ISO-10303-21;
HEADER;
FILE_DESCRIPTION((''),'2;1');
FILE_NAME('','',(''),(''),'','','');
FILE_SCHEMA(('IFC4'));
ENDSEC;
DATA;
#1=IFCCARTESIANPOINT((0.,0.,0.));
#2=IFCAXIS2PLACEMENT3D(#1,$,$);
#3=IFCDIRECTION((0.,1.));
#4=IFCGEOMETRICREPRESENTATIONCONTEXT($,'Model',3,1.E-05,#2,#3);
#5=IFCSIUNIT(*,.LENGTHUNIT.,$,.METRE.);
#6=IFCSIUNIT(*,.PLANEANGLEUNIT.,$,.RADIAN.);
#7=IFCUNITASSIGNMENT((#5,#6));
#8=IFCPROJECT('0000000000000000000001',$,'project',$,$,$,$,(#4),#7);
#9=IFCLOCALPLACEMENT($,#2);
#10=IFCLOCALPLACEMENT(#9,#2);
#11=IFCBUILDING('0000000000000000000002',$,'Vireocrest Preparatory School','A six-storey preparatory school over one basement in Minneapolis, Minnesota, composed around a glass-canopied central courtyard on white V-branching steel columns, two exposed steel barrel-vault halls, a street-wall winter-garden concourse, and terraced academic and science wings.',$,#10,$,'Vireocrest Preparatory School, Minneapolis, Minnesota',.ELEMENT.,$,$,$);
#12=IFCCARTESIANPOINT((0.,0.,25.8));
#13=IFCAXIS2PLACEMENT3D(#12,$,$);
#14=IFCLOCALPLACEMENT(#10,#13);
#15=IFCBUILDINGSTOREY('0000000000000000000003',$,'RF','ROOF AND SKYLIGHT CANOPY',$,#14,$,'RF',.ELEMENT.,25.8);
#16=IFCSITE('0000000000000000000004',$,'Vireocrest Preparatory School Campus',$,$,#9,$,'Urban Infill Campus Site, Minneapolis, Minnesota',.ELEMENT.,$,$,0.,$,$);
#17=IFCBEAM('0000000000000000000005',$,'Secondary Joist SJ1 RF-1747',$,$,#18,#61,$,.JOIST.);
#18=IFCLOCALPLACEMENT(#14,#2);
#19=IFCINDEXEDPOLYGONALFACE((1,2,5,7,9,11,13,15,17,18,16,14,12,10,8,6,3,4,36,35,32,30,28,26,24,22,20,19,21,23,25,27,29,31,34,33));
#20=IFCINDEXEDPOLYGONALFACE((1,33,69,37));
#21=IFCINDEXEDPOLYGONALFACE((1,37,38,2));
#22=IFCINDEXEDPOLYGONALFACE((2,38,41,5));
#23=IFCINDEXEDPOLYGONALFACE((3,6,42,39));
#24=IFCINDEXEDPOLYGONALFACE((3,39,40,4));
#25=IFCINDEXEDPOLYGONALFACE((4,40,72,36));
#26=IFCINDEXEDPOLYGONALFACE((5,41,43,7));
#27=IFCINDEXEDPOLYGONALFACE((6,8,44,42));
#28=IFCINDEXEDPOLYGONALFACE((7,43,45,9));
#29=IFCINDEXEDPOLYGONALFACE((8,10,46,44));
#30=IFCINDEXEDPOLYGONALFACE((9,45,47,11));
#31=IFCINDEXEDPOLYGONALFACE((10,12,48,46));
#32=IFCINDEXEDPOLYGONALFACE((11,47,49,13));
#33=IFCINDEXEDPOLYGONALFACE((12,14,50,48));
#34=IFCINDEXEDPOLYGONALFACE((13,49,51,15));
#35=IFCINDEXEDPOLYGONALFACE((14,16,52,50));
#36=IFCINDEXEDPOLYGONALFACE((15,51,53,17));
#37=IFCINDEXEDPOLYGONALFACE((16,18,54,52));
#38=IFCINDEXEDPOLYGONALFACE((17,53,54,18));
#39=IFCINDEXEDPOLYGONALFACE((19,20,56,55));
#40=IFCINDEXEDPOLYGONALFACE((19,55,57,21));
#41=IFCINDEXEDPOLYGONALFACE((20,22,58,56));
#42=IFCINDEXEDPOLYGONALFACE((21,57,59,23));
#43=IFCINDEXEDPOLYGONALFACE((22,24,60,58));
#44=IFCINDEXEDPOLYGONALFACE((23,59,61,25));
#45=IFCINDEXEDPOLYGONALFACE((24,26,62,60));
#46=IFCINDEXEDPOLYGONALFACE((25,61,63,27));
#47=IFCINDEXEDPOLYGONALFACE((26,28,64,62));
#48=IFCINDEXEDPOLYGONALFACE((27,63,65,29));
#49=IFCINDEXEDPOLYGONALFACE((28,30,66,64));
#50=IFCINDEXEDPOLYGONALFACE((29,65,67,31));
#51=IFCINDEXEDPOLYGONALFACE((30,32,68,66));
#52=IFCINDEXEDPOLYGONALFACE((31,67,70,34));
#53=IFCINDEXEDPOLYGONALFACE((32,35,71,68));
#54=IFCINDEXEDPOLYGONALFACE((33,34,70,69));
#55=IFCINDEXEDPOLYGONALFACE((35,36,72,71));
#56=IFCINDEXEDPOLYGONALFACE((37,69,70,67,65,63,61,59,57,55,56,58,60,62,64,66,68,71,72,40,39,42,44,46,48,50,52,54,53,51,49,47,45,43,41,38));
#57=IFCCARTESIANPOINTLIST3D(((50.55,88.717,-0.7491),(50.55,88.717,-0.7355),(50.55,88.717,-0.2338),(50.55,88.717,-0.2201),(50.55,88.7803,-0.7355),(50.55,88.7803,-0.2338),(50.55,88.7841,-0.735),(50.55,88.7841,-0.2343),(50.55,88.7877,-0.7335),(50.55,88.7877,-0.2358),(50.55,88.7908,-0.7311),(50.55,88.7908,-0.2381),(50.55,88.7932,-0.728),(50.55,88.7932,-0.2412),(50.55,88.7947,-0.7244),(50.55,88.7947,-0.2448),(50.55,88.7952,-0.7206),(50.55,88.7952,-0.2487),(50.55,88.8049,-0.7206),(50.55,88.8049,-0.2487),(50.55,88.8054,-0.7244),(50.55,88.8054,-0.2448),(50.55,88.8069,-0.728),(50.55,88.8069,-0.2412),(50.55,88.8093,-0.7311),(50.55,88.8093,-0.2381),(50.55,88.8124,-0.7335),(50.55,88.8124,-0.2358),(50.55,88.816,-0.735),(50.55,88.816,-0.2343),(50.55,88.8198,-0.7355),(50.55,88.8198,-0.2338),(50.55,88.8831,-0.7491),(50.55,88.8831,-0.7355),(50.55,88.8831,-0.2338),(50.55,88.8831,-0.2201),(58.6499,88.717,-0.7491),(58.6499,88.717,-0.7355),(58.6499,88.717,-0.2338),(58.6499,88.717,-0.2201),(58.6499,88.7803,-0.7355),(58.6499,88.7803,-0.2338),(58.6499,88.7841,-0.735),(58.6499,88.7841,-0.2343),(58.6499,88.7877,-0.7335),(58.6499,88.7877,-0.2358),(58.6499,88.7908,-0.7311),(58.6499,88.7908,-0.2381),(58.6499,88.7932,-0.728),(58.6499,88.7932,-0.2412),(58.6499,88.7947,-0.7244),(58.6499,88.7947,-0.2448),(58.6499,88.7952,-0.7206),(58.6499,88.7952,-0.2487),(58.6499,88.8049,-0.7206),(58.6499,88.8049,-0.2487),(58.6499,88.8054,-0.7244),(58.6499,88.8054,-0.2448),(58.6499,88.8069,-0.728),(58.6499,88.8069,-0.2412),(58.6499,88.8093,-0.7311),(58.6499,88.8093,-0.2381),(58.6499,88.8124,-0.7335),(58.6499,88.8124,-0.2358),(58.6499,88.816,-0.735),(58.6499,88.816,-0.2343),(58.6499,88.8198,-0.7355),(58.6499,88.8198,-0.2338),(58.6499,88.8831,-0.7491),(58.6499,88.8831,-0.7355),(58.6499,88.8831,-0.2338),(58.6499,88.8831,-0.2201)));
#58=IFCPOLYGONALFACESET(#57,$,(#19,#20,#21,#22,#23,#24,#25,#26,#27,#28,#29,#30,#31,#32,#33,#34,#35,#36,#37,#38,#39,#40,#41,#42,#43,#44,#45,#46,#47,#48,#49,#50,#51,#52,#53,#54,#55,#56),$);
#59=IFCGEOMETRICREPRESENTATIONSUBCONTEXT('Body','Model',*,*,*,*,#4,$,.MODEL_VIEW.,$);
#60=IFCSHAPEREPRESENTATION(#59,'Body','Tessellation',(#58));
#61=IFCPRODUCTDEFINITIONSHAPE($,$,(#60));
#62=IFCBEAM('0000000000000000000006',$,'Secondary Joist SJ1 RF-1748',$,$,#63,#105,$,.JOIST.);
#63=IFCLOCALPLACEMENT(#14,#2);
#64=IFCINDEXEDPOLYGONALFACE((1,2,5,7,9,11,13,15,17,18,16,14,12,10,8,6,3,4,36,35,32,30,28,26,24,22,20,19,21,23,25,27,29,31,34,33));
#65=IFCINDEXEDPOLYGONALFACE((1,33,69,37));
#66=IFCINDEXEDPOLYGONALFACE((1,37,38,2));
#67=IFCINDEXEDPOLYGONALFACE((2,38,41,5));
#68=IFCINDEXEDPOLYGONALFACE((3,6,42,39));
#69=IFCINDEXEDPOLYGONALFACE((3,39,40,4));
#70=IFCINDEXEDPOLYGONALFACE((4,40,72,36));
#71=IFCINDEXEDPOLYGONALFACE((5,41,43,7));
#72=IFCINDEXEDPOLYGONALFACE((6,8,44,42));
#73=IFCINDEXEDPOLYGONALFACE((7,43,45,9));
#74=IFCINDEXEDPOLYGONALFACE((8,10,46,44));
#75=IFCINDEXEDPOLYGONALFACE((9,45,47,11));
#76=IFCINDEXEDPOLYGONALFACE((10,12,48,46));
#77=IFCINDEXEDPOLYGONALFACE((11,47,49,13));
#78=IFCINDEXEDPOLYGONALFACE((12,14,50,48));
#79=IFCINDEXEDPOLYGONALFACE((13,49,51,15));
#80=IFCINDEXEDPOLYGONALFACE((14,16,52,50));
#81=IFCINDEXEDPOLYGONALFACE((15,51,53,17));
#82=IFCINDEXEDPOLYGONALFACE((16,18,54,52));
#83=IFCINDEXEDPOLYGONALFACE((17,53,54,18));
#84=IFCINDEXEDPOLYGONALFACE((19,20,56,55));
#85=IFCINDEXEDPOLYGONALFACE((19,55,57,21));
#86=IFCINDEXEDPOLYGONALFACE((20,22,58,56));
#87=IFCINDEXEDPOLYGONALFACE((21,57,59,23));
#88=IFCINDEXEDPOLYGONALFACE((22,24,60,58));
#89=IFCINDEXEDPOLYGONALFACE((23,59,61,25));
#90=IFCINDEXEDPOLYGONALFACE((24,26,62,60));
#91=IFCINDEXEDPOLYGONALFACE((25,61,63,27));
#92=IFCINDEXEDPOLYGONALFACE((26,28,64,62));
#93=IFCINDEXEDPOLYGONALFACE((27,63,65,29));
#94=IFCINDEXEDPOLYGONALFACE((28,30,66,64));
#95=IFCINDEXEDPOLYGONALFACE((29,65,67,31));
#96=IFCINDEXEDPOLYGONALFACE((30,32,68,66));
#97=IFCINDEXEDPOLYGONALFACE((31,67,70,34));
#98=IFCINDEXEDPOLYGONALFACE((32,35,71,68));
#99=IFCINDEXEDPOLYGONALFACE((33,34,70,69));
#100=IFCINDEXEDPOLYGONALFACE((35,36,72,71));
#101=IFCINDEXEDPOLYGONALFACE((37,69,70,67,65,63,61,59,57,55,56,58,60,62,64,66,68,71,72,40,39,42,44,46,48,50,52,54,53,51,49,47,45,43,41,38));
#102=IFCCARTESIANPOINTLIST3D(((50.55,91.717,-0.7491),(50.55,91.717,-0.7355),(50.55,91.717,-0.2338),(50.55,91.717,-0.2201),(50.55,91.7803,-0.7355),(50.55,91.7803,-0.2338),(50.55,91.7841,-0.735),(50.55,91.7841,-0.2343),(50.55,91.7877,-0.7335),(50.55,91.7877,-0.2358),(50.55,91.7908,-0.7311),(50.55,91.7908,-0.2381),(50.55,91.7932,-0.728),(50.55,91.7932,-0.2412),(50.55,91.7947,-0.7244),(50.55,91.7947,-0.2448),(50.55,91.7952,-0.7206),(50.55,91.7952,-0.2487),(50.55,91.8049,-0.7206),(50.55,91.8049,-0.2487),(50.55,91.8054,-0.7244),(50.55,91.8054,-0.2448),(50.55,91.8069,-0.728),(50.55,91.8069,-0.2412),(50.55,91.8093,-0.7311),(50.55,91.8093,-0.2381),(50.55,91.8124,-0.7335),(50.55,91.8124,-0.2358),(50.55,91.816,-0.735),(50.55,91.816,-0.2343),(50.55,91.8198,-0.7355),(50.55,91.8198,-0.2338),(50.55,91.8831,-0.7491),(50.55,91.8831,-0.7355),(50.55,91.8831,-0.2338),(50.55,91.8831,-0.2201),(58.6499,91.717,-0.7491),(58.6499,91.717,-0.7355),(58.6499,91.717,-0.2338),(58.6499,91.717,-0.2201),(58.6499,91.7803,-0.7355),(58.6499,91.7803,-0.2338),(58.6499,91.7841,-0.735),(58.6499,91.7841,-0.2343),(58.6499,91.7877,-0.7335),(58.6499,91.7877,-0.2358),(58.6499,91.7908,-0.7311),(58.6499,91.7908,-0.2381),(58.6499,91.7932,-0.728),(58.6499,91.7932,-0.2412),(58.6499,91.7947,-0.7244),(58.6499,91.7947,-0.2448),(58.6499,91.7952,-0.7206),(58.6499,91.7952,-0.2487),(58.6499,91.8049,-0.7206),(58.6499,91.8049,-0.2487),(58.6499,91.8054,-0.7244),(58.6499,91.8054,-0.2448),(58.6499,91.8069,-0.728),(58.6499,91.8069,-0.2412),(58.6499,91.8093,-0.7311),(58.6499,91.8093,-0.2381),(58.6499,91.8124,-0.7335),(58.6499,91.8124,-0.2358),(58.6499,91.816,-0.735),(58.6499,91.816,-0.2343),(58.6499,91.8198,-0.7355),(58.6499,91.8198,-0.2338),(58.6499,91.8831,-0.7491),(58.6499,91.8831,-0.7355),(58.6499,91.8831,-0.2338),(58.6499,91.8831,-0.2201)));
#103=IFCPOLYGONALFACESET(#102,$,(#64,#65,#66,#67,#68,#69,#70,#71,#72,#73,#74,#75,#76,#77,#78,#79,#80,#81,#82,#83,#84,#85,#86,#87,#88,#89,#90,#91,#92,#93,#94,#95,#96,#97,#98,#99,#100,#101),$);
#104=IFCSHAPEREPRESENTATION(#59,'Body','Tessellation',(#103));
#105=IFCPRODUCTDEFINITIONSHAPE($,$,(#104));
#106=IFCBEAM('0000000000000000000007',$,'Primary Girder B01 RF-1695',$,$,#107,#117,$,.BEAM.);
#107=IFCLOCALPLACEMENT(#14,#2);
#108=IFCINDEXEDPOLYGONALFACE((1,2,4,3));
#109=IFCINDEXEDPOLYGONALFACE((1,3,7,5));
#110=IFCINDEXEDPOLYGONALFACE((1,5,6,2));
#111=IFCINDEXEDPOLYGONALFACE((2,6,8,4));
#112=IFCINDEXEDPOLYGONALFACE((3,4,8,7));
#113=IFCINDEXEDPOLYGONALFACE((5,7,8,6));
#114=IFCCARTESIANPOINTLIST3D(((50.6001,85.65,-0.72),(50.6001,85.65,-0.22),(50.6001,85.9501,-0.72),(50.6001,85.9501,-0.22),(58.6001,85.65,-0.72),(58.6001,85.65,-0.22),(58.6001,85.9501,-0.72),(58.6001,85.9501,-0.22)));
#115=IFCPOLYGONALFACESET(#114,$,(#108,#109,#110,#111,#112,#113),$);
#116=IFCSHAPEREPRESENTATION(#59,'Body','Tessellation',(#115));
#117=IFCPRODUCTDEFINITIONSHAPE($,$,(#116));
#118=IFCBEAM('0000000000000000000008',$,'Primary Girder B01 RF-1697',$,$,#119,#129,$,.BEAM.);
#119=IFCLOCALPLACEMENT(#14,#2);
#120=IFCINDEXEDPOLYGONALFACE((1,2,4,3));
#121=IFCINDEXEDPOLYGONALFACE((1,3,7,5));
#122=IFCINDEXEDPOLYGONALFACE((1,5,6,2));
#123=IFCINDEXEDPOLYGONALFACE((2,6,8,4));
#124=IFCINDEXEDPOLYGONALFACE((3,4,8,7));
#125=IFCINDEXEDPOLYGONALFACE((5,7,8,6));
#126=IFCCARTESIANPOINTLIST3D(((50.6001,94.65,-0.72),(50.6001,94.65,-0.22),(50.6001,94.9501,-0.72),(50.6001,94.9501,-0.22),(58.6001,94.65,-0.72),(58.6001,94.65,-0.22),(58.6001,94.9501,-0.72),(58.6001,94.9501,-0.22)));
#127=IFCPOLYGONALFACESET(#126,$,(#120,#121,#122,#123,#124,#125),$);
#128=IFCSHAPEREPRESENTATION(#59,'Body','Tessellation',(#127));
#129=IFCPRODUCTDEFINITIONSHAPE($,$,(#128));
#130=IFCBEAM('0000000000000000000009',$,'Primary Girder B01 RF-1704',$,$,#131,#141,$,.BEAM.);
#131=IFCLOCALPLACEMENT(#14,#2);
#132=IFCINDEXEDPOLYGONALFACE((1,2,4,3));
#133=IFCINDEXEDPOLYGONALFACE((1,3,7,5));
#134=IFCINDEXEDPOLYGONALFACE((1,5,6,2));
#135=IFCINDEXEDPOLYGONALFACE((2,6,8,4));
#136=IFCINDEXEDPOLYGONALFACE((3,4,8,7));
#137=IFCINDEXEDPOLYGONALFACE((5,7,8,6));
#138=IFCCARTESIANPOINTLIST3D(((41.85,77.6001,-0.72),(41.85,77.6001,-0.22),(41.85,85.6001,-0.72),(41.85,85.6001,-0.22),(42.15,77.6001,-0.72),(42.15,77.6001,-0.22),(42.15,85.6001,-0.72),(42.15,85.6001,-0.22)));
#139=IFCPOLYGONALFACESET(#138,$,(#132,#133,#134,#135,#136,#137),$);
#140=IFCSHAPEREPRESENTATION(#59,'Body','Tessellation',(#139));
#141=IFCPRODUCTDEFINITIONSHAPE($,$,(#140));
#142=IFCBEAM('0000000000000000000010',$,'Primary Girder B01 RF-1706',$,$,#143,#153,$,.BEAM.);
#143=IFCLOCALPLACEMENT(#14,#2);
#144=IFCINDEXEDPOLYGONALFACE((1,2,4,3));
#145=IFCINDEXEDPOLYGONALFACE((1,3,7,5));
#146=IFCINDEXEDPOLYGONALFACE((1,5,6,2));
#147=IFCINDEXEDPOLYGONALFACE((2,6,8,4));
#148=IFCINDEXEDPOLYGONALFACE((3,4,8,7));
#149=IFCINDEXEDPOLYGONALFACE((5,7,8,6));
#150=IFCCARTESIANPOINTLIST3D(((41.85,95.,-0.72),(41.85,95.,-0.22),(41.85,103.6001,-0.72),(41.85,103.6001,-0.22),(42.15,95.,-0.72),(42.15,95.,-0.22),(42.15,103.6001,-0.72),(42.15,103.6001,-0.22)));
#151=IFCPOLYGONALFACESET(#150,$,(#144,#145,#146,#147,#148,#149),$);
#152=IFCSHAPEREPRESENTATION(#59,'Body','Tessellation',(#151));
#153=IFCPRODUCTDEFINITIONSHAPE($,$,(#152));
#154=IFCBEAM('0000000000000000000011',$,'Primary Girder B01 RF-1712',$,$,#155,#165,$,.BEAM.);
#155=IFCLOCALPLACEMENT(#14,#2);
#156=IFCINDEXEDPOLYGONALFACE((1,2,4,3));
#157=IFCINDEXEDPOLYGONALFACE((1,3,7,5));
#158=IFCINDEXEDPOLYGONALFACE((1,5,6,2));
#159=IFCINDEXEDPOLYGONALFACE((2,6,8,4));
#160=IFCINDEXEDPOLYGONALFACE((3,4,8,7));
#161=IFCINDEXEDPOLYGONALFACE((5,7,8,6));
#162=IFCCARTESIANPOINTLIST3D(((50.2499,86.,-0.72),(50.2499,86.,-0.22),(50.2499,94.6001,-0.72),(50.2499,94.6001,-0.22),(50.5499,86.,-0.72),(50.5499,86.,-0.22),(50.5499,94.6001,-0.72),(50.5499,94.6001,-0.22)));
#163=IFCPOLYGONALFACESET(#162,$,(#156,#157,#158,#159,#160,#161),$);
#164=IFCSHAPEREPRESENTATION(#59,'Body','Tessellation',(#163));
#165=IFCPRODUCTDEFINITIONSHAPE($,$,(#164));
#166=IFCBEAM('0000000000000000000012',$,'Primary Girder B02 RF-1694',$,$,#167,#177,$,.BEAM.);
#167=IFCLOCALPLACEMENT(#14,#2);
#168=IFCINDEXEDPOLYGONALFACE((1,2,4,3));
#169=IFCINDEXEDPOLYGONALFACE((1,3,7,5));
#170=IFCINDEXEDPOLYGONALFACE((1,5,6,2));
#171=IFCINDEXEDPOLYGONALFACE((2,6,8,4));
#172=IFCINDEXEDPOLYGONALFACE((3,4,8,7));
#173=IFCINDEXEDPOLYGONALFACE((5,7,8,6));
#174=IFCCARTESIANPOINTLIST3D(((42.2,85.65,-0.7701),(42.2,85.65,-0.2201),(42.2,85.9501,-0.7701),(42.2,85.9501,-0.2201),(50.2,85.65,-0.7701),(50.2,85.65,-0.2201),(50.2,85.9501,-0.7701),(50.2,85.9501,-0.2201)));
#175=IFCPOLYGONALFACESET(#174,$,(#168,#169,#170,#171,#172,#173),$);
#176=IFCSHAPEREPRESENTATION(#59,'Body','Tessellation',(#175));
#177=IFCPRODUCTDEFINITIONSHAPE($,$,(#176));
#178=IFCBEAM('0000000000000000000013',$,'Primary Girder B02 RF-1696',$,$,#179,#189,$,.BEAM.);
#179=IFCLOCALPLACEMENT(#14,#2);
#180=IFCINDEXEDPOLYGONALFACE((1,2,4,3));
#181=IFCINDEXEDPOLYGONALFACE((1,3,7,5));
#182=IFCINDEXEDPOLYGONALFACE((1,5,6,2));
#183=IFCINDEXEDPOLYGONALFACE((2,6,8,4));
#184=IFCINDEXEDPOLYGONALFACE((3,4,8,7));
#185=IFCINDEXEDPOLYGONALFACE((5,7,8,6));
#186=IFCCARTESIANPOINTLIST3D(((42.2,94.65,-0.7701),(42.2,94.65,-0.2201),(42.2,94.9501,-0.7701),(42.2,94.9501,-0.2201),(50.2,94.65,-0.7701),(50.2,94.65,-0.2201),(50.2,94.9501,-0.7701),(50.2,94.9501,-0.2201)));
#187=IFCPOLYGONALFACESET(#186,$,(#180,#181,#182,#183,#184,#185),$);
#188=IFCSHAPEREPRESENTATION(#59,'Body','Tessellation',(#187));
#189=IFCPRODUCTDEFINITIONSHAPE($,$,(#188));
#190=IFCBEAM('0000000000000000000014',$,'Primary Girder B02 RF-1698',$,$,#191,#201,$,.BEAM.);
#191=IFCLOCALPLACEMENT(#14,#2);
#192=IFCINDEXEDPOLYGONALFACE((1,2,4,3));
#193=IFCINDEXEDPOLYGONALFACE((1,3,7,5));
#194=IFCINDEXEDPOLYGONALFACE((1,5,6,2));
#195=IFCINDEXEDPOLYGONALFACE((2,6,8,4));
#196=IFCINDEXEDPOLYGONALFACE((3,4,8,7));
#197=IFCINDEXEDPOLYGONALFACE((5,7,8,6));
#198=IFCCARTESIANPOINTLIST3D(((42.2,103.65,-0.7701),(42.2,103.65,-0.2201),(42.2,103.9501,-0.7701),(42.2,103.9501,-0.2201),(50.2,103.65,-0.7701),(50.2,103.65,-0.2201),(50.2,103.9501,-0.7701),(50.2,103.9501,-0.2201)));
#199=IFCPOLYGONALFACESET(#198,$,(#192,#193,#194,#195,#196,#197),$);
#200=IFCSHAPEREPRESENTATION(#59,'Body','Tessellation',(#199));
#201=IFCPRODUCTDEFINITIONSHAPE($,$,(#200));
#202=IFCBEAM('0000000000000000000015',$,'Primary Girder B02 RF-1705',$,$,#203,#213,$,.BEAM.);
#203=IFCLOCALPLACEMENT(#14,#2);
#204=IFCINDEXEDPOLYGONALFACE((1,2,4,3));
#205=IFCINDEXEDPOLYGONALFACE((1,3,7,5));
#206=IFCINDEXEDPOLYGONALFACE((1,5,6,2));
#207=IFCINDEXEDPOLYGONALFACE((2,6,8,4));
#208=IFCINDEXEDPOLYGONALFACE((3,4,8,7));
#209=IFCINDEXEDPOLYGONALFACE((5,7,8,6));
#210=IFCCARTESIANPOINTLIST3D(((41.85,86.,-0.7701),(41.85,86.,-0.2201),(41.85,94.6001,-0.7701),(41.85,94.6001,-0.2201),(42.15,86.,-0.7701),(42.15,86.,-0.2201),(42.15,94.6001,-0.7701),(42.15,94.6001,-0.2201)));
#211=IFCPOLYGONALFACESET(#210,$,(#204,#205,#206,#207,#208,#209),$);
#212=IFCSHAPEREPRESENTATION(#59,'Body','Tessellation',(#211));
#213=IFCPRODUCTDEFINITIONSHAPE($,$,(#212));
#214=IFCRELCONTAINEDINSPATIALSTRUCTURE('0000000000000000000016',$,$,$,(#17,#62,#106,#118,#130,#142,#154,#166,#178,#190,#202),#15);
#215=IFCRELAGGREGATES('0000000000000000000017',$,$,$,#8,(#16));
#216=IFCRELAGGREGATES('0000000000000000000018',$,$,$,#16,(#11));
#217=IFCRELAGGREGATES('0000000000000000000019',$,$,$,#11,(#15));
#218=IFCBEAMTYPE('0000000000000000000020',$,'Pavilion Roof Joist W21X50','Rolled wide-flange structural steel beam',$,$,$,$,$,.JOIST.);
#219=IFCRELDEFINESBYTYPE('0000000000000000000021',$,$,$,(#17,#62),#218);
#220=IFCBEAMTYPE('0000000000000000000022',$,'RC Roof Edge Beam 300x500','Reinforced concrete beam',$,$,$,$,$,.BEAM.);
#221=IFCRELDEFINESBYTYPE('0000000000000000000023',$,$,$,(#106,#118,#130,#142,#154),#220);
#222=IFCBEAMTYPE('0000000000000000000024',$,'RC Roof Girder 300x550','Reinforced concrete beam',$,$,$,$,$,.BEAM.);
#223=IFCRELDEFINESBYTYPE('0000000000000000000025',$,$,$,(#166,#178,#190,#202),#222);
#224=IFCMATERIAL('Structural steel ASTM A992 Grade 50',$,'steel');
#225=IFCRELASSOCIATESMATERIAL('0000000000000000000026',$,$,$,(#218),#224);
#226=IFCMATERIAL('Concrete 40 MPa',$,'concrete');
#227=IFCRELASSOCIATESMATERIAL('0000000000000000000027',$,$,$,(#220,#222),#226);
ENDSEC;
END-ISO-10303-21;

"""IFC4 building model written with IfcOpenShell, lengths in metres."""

from ifc_helpers import new_model, si_unit, direction, frame, origin, origin_2d, place, context, subcontext, project, spatial, rectangle, i_section, extrude, material, material_profile, profile_set, type_object, element, save


model = new_model("IFC4")

# Units and contexts
model_context = context("Model", 3, precision=1e-05, world=origin(), true_north=direction((0.0, 1.0)))
body_context = subcontext(model_context, "Body", "Model", "MODEL_VIEW")
ifc_project = project(units=[si_unit("LENGTHUNIT", "METRE"), si_unit("PLANEANGLEUNIT", "RADIAN")], contexts=[model_context])

# Site, building, storey
site_placement = place(None, origin())
site = spatial("IfcSite", under=ifc_project, at=site_placement, Name="Vireocrest Preparatory School Campus", LongName="Urban Infill Campus Site, Minneapolis, Minnesota", CompositionType="ELEMENT", RefElevation=0.0)
building_placement = place(site_placement, origin())
building = spatial("IfcBuilding", under=site, at=building_placement, Name="Vireocrest Preparatory School", Description="A six-storey preparatory school over one basement in Minneapolis, Minnesota, composed around a glass-canopied central courtyard on white V-branching steel columns, two exposed steel barrel-vault halls, a street-wall winter-garden concourse, and terraced academic and science wings.", LongName="Vireocrest Preparatory School, Minneapolis, Minnesota", CompositionType="ELEMENT")
storey_placement = place(building_placement, frame((0.0, 0.0, 25.8)))
storey = spatial("IfcBuildingStorey", under=building, at=storey_placement, Name="RF", Description="ROOF AND SKYLIGHT CANOPY", LongName="RF", CompositionType="ELEMENT", Elevation=25.8)

# Beams
ifc_material_1 = material(Name="Structural steel ASTM A992 Grade 50", Category="steel")
ifc_material_profile_1 = material_profile(ifc_material_1, i_section(OverallWidth=0.166, OverallDepth=0.5291, WebThickness=0.0098, FlangeThickness=0.0137, FilletRadius=0.0149, at=origin_2d()), Name="W21X50")
ifc_profile_set_1 = profile_set([ifc_material_profile_1], Name="Structural steel ASTM A992 Grade 50")
beam_type_1 = type_object("IfcBeamType", Name="Pavilion Roof Joist W21X50", Description="Rolled wide-flange structural steel beam", PredefinedType="JOIST", material=ifc_profile_set_1)
for number, where, z_axis, x_axis, name in (
    (1, (50.55, 88.8, -0.4846), (1.0, 0.0, 0.0), (0.0, 1.0, 0.0), "Secondary Joist SJ1 RF-1747"),
    (2, (50.55, 91.8, -0.4846), (1.0, 0.0, 0.0), (0.0, 1.0, 0.0), "Secondary Joist SJ1 RF-1748"),
):
    element("IfcBeam", number, at=place(storey_placement, frame(where, z_axis=z_axis, x_axis=x_axis)), inside=storey, type_object=beam_type_1, Name=name, PredefinedType="JOIST", context=body_context, shape_type="SweptSolid", body=[
        extrude(i_section(OverallWidth=0.166, OverallDepth=0.5291, WebThickness=0.0098, FlangeThickness=0.0137, FilletRadius=0.0149, at=origin_2d()), origin(), (0.0, 0.0, 1.0), 8.0999),
    ])
ifc_material_2 = material(Name="Concrete 40 MPa", Category="concrete")
ifc_material_profile_2 = material_profile(ifc_material_2, rectangle(XDim=0.3, YDim=0.5, at=origin_2d()), Name="RC 300x500")
ifc_profile_set_2 = profile_set([ifc_material_profile_2], Name="Concrete 40 MPa")
beam_type_2 = type_object("IfcBeamType", Name="RC Roof Edge Beam 300x500", Description="Reinforced concrete beam", PredefinedType="BEAM", material=ifc_profile_set_2)
for number, where, z_axis, x_axis, name in (
    (3, (50.6001, 85.8, -0.47), (1.0, 0.0, 0.0), (0.0, 1.0, 0.0), "Primary Girder B01 RF-1695"),
    (4, (50.6001, 94.8, -0.47), (1.0, 0.0, 0.0), (0.0, 1.0, 0.0), "Primary Girder B01 RF-1697"),
    (5, (42.0, 77.6001, -0.47), (0.0, 1.0, 0.0), (-1.0, 0.0, 0.0), "Primary Girder B01 RF-1704"),
):
    element("IfcBeam", number, at=place(storey_placement, frame(where, z_axis=z_axis, x_axis=x_axis)), inside=storey, type_object=beam_type_2, Name=name, PredefinedType="BEAM", context=body_context, shape_type="SweptSolid", body=[
        extrude(rectangle(XDim=0.3, YDim=0.5, at=origin_2d()), origin(), (0.0, 0.0, 1.0), 8.0),
    ])
for number, where, z_axis, x_axis, name in (
    (6, (42.0, 95.0, -0.47), (0.0, 1.0, 0.0), (-1.0, 0.0, 0.0), "Primary Girder B01 RF-1706"),
    (7, (50.3999, 86.0, -0.47), (0.0, 1.0, 0.0), (-1.0, 0.0, 0.0), "Primary Girder B01 RF-1712"),
):
    element("IfcBeam", number, at=place(storey_placement, frame(where, z_axis=z_axis, x_axis=x_axis)), inside=storey, type_object=beam_type_2, Name=name, PredefinedType="BEAM", context=body_context, shape_type="SweptSolid", body=[
        extrude(rectangle(XDim=0.3, YDim=0.5, at=origin_2d()), origin(), (0.0, 0.0, 1.0), 8.6001),
    ])
ifc_material_profile_3 = material_profile(ifc_material_2, rectangle(XDim=0.3, YDim=0.55, at=origin_2d()), Name="RC 300x550")
ifc_profile_set_3 = profile_set([ifc_material_profile_3], Name="Concrete 40 MPa")
beam_type_3 = type_object("IfcBeamType", Name="RC Roof Girder 300x550", Description="Reinforced concrete beam", PredefinedType="BEAM", material=ifc_profile_set_3)
for number, where, z_axis, x_axis, name in (
    (8, (42.2, 85.8, -0.4951), (1.0, 0.0, 0.0), (0.0, 1.0, 0.0), "Primary Girder B02 RF-1694"),
    (9, (42.2, 94.8, -0.4951), (1.0, 0.0, 0.0), (0.0, 1.0, 0.0), "Primary Girder B02 RF-1696"),
    (10, (42.2, 103.8, -0.4951), (1.0, 0.0, 0.0), (0.0, 1.0, 0.0), "Primary Girder B02 RF-1698"),
):
    element("IfcBeam", number, at=place(storey_placement, frame(where, z_axis=z_axis, x_axis=x_axis)), inside=storey, type_object=beam_type_3, Name=name, PredefinedType="BEAM", context=body_context, shape_type="SweptSolid", body=[
        extrude(rectangle(XDim=0.3, YDim=0.55, at=origin_2d()), origin(), (0.0, 0.0, 1.0), 8.0),
    ])
beam_1_placement = place(storey_placement, frame((42.0, 86.0, -0.4951), z_axis=(0.0, 1.0, 0.0), x_axis=(-1.0, 0.0, 0.0)))
element("IfcBeam", 11, at=beam_1_placement, inside=storey, type_object=beam_type_3, Name="Primary Girder B02 RF-1705", PredefinedType="BEAM", context=body_context, shape_type="SweptSolid", body=[
    extrude(rectangle(XDim=0.3, YDim=0.55, at=origin_2d()), origin(), (0.0, 0.0, 1.0), 8.6001),
])

save(model, "model.ifc")
